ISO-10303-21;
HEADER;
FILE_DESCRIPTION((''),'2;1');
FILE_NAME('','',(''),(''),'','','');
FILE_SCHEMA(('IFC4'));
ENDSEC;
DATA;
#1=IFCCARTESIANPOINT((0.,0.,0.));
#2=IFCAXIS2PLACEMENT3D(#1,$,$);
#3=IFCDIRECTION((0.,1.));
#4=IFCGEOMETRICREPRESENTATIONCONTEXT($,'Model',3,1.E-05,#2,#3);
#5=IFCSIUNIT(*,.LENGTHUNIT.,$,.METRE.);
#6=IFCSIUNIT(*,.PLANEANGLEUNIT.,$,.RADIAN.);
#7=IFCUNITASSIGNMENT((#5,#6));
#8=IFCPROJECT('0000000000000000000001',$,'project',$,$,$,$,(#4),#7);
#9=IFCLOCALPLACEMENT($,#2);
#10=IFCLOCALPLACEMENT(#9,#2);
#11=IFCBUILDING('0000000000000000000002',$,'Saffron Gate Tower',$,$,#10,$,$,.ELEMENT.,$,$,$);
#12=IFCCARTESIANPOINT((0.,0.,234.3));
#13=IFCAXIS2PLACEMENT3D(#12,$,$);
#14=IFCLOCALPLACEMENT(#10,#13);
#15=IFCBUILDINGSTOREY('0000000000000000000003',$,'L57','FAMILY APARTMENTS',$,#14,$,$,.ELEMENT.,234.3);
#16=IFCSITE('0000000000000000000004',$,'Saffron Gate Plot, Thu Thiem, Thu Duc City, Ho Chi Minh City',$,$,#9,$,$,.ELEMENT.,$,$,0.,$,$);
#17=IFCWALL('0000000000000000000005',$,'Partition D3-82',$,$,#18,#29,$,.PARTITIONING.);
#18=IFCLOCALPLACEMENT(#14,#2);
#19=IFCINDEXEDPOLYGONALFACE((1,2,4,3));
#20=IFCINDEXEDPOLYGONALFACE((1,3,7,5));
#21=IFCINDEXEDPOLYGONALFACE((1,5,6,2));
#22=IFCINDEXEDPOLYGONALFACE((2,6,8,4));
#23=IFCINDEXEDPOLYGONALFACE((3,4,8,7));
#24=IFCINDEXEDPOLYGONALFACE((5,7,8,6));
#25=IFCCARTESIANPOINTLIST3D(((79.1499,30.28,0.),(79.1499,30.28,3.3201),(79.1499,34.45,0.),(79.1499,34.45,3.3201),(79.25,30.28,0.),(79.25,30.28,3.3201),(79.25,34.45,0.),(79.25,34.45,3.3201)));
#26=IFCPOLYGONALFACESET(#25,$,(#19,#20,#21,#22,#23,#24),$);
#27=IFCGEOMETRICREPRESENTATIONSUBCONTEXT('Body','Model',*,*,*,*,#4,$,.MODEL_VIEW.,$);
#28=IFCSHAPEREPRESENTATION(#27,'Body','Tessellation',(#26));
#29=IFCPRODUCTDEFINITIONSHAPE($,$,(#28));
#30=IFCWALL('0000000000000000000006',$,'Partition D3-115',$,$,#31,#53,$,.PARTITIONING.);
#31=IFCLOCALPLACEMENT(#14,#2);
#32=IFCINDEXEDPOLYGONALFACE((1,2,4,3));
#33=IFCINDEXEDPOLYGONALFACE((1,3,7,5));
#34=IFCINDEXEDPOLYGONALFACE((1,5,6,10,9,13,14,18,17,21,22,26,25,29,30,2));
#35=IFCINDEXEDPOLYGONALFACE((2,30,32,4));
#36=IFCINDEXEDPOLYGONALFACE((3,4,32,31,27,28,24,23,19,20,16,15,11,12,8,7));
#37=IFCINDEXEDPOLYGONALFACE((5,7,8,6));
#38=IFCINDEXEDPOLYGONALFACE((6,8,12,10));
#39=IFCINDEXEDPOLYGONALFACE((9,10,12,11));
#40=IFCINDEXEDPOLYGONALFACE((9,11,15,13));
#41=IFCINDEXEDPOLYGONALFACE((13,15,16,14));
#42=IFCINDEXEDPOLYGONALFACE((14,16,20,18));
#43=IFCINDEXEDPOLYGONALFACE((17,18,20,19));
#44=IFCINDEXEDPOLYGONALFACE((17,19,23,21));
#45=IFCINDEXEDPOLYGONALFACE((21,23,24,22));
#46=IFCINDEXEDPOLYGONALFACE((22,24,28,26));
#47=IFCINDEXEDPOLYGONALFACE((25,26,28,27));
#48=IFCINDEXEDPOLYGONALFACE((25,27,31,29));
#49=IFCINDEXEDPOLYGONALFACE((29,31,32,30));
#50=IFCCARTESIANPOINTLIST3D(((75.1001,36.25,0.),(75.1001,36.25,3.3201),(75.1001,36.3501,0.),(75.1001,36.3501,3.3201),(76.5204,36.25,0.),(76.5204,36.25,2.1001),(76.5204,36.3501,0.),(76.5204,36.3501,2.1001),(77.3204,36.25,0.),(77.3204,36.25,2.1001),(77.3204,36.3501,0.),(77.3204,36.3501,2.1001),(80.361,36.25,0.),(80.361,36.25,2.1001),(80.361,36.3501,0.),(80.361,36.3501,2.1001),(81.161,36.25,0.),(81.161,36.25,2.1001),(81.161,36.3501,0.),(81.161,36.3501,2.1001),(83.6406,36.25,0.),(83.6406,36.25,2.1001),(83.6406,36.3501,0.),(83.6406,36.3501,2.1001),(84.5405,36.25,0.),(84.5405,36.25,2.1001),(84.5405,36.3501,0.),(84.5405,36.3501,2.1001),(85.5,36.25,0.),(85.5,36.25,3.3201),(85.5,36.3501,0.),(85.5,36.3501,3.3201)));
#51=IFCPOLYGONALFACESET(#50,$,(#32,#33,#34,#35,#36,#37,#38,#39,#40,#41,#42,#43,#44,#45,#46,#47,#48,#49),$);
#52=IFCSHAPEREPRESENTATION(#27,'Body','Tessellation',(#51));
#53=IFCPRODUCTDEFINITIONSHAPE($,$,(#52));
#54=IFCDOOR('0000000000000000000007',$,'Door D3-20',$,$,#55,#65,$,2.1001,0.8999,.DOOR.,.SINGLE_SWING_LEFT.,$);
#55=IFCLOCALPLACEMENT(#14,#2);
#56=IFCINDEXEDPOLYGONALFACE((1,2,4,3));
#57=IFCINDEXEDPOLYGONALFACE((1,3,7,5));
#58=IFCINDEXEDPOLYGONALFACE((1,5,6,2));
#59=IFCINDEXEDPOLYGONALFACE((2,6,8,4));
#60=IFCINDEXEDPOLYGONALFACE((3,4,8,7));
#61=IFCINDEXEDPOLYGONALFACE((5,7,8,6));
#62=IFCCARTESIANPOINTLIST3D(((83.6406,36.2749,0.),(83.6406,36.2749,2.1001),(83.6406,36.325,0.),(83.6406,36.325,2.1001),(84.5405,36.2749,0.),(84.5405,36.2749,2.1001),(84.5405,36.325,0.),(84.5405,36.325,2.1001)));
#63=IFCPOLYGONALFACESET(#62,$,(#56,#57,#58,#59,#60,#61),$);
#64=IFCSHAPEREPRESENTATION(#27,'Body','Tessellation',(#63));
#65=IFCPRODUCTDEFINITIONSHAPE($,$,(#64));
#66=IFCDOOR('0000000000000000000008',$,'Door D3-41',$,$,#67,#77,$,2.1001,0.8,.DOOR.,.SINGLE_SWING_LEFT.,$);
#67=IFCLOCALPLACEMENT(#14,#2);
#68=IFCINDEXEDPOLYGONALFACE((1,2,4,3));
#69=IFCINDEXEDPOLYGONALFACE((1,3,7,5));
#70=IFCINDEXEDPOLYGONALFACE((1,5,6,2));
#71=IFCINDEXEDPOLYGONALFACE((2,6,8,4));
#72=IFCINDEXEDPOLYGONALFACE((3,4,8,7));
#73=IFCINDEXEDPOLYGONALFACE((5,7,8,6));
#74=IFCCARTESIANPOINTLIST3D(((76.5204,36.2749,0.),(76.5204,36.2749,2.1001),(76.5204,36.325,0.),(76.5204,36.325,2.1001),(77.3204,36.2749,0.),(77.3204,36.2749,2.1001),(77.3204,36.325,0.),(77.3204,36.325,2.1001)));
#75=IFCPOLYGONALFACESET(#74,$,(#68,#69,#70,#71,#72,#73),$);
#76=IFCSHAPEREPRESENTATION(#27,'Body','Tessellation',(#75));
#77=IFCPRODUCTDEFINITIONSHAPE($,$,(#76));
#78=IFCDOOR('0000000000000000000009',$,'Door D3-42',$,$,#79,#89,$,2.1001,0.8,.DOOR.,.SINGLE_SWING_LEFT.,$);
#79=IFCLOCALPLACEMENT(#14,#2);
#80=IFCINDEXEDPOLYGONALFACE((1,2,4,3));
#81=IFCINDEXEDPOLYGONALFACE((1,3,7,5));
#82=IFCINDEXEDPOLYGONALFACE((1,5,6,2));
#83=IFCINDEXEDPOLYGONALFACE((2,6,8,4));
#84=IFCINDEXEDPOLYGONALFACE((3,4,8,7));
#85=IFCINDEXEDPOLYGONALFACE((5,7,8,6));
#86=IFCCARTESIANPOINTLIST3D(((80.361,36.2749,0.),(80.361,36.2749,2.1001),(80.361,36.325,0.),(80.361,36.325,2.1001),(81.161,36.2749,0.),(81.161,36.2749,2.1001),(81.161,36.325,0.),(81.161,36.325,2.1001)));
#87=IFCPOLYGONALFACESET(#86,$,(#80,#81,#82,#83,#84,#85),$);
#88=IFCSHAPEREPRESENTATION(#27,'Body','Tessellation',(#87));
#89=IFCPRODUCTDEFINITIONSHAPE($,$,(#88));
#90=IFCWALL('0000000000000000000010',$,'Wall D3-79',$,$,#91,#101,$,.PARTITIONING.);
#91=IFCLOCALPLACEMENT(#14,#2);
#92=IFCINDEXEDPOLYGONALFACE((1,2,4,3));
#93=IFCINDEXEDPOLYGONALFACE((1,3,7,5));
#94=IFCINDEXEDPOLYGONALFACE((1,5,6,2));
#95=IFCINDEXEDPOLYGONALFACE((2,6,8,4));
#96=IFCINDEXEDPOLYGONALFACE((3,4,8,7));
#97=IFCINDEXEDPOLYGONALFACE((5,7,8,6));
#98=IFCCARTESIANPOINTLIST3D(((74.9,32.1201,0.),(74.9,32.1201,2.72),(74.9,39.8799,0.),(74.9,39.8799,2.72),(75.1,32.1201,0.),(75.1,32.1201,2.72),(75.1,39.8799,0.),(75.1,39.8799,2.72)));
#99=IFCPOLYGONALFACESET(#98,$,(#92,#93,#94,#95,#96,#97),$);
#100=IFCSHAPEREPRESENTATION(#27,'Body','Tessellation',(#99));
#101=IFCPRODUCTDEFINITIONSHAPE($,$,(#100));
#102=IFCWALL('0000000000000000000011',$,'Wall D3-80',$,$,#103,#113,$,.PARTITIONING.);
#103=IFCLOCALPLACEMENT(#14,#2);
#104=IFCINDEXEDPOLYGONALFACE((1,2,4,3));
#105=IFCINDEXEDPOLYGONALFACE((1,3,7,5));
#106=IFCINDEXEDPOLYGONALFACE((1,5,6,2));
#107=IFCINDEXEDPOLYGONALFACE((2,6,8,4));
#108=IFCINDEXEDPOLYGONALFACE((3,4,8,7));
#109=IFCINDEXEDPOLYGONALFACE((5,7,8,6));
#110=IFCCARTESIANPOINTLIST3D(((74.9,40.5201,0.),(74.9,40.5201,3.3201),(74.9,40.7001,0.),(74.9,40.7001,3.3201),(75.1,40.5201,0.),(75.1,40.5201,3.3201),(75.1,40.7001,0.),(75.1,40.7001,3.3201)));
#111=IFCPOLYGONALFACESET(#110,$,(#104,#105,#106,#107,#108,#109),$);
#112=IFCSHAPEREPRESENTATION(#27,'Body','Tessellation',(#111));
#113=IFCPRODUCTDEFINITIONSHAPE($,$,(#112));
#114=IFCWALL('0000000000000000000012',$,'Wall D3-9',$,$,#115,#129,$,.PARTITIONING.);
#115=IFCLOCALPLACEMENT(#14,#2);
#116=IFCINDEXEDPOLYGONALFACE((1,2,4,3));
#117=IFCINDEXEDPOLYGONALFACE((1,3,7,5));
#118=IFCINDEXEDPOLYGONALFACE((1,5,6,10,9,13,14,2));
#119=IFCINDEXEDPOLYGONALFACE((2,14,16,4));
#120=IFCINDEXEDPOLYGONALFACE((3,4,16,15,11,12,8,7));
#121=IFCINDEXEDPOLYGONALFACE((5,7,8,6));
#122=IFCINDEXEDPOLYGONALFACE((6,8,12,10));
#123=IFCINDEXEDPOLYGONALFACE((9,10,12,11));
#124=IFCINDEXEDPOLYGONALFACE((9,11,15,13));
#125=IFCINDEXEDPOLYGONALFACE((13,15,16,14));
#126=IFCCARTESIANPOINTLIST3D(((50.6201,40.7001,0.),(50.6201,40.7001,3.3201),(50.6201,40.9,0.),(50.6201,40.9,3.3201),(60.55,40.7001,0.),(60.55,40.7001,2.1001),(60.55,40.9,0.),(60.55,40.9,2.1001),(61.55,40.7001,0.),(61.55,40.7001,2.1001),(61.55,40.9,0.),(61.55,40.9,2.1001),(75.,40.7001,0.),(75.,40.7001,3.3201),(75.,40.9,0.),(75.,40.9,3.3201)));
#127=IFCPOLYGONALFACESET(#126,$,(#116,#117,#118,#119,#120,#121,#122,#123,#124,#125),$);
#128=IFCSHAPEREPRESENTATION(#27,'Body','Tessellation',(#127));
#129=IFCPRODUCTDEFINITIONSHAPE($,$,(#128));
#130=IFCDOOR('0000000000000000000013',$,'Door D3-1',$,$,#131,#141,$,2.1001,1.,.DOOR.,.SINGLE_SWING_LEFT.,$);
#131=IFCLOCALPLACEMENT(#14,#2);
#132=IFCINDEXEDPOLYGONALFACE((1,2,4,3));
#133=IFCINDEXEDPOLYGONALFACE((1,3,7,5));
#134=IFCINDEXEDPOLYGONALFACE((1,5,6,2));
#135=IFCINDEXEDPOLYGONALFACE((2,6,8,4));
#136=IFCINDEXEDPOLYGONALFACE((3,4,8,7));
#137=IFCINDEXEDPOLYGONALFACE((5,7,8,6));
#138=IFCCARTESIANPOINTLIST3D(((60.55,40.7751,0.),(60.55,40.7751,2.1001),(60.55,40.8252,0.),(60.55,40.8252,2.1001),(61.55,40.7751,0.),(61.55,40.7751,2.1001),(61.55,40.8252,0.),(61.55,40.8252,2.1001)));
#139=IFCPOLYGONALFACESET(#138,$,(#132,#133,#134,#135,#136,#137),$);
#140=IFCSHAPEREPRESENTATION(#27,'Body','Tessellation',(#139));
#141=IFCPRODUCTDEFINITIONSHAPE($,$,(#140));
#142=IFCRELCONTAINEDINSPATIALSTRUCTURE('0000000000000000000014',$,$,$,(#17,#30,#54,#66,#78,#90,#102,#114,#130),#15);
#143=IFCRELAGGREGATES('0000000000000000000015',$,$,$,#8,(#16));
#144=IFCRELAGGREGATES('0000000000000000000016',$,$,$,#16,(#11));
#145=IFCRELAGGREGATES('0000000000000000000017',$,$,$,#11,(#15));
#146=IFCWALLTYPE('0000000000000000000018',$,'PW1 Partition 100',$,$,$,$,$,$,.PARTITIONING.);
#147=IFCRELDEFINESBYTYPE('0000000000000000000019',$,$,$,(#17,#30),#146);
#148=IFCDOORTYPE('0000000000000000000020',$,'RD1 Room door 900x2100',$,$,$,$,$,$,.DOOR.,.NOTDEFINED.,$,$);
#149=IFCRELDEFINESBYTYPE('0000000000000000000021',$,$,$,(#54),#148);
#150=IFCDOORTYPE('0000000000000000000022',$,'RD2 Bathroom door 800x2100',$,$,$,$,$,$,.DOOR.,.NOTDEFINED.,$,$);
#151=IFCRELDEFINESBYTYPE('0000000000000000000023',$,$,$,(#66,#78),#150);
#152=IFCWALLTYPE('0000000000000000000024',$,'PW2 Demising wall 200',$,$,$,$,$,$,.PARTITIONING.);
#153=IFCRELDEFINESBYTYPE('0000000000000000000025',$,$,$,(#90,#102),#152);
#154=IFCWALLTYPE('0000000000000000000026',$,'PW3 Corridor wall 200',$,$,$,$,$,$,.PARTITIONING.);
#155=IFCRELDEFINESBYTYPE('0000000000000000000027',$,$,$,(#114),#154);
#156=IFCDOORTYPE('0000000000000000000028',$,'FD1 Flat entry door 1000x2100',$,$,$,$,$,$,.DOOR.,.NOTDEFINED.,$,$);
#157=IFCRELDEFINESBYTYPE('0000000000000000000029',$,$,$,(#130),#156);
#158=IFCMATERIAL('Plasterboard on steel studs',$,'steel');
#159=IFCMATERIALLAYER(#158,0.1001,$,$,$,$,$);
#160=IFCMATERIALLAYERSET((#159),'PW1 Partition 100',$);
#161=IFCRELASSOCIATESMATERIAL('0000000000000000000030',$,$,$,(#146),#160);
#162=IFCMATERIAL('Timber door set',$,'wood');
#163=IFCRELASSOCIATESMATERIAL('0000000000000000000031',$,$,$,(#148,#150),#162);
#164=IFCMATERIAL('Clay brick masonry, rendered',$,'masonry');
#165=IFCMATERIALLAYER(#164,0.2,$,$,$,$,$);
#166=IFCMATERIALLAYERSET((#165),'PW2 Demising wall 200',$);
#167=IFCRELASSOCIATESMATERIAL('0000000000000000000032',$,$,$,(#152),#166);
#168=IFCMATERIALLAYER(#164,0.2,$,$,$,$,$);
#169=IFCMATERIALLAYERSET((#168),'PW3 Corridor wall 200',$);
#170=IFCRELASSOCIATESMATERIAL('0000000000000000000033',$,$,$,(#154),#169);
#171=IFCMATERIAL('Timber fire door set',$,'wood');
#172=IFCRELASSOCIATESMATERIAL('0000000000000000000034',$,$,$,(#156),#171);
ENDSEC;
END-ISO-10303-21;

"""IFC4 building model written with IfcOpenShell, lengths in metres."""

from ifc_helpers import new_model, si_unit, direction, frame, frame_2d, origin, place, context, subcontext, project, spatial, rectangle, extrude, material, layer, layer_set, type_object, element, fill, save


model = new_model("IFC4")

# Units and contexts
model_context = context("Model", 3, precision=1e-05, world=origin(), true_north=direction((0.0, 1.0)))
body_context = subcontext(model_context, "Body", "Model", "MODEL_VIEW")
ifc_project = project(units=[si_unit("LENGTHUNIT", "METRE"), si_unit("PLANEANGLEUNIT", "RADIAN")], contexts=[model_context])

# Site, building, storey
site_placement = place(None, origin())
site = spatial("IfcSite", under=ifc_project, at=site_placement, Name="Saffron Gate Plot, Thu Thiem, Thu Duc City, Ho Chi Minh City", CompositionType="ELEMENT", RefElevation=0.0)
building_placement = place(site_placement, origin())
building = spatial("IfcBuilding", under=site, at=building_placement, Name="Saffron Gate Tower", CompositionType="ELEMENT")
storey_placement = place(building_placement, frame((0.0, 0.0, 234.3)))
storey = spatial("IfcBuildingStorey", under=building, at=storey_placement, Name="L57", Description="FAMILY APARTMENTS", CompositionType="ELEMENT", Elevation=234.3)

# Wall
ifc_material_1 = material(Name="Plasterboard on steel studs", Category="steel")
ifc_layer_1 = layer(ifc_material_1, 0.1001)
ifc_layer_set_1 = layer_set([ifc_layer_1], Name="PW1 Partition 100")
wall_type_1 = type_object("IfcWallType", Name="PW1 Partition 100", PredefinedType="PARTITIONING", material=ifc_layer_set_1)
wall_1_placement = place(storey_placement, frame((79.2, 34.45, 0.0), z_axis=(0.0, 0.0, 1.0), x_axis=(0.0, -1.0, 0.0)))
element("IfcWall", 1, at=wall_1_placement, inside=storey, type_object=wall_type_1, Name="Partition D3-82", PredefinedType="PARTITIONING", context=body_context, shape_type="SweptSolid", body=[
    extrude(rectangle(XDim=4.1699, YDim=0.1001, at=frame_2d((2.085, 0.0))), origin(), (0.0, 0.0, 1.0), 3.3201),
])

# Wall, openings, doors
wall_2_placement = place(storey_placement, frame((75.1001, 36.3, 0.0), z_axis=(0.0, 0.0, 1.0), x_axis=(1.0, 0.0, 0.0)))
wall_2 = element("IfcWall", 2, at=wall_2_placement, inside=storey, type_object=wall_type_1, Name="Partition D3-115", PredefinedType="PARTITIONING", context=body_context, shape_type="SweptSolid", body=[
    extrude(rectangle(XDim=10.3999, YDim=0.1001, at=frame_2d((5.2, 0.0))), origin(), (0.0, 0.0, 1.0), 3.3201),
])
opening_1_placement = place(wall_2_placement, frame((1.4204, 0.0, 0.0)))
opening_1 = element("IfcOpeningElement", 3, at=opening_1_placement, cuts=wall_2, PredefinedType="OPENING", context=body_context, shape_type="SweptSolid", body=[
    extrude(rectangle(XDim=0.8, YDim=2.1001, at=frame_2d((0.3999, 1.05))), frame((0.0, 0.0601, 0.0), z_axis=(0.0, -1.0, 0.0), x_axis=(1.0, 0.0, 0.0)), (0.0, 0.0, 1.0), 0.1201),
])
opening_2_placement = place(wall_2_placement, frame((5.261, 0.0, 0.0)))
opening_2 = element("IfcOpeningElement", 4, at=opening_2_placement, cuts=wall_2, PredefinedType="OPENING", context=body_context, shape_type="SweptSolid", body=[
    extrude(rectangle(XDim=0.8, YDim=2.1001, at=frame_2d((0.3999, 1.05))), frame((0.0, 0.0601, 0.0), z_axis=(0.0, -1.0, 0.0), x_axis=(1.0, 0.0, 0.0)), (0.0, 0.0, 1.0), 0.1201),
])
opening_3_placement = place(wall_2_placement, frame((8.5405, 0.0, 0.0)))
opening_3 = element("IfcOpeningElement", 5, at=opening_3_placement, cuts=wall_2, PredefinedType="OPENING", context=body_context, shape_type="SweptSolid", body=[
    extrude(rectangle(XDim=0.8999, YDim=2.1001, at=frame_2d((0.45, 1.05))), frame((0.0, 0.0601, 0.0), z_axis=(0.0, -1.0, 0.0), x_axis=(1.0, 0.0, 0.0)), (0.0, 0.0, 1.0), 0.1201),
])
ifc_material_2 = material(Name="Timber door set", Category="wood")
door_type_1 = type_object("IfcDoorType", Name="RD1 Room door 900x2100", OperationType="NOTDEFINED", PredefinedType="DOOR", material=ifc_material_2)
door_1_placement = place(opening_3_placement, origin())
door_1 = element("IfcDoor", 6, at=door_1_placement, inside=storey, type_object=door_type_1, Name="Door D3-20", OperationType="SINGLE_SWING_LEFT", OverallHeight=2.1001, OverallWidth=0.8999, PredefinedType="DOOR", context=body_context, shape_type="SweptSolid", body=[
    extrude(rectangle(XDim=0.8999, YDim=2.1001, at=frame_2d((0.45, 1.05))), frame((0.0, 0.0249, 0.0), z_axis=(0.0, -1.0, 0.0), x_axis=(1.0, 0.0, 0.0)), (0.0, 0.0, 1.0), 0.05),
])
fill(opening_3, door_1)
door_type_2 = type_object("IfcDoorType", Name="RD2 Bathroom door 800x2100", OperationType="NOTDEFINED", PredefinedType="DOOR", material=ifc_material_2)
door_2_placement = place(opening_1_placement, origin())
door_2 = element("IfcDoor", 7, at=door_2_placement, inside=storey, type_object=door_type_2, Name="Door D3-41", OperationType="SINGLE_SWING_LEFT", OverallHeight=2.1001, OverallWidth=0.8, PredefinedType="DOOR", context=body_context, shape_type="SweptSolid", body=[
    extrude(rectangle(XDim=0.8, YDim=2.1001, at=frame_2d((0.3999, 1.05))), frame((0.0, 0.0249, 0.0), z_axis=(0.0, -1.0, 0.0), x_axis=(1.0, 0.0, 0.0)), (0.0, 0.0, 1.0), 0.05),
])
fill(opening_1, door_2)
door_3_placement = place(opening_2_placement, origin())
door_3 = element("IfcDoor", 8, at=door_3_placement, inside=storey, type_object=door_type_2, Name="Door D3-42", OperationType="SINGLE_SWING_LEFT", OverallHeight=2.1001, OverallWidth=0.8, PredefinedType="DOOR", context=body_context, shape_type="SweptSolid", body=[
    extrude(rectangle(XDim=0.8, YDim=2.1001, at=frame_2d((0.3999, 1.05))), frame((0.0, 0.0249, 0.0), z_axis=(0.0, -1.0, 0.0), x_axis=(1.0, 0.0, 0.0)), (0.0, 0.0, 1.0), 0.05),
])
fill(opening_2, door_3)

# Walls
ifc_material_3 = material(Name="Clay brick masonry, rendered", Category="masonry")
ifc_layer_2 = layer(ifc_material_3, 0.2)
ifc_layer_set_2 = layer_set([ifc_layer_2], Name="PW2 Demising wall 200")
wall_type_2 = type_object("IfcWallType", Name="PW2 Demising wall 200", PredefinedType="PARTITIONING", material=ifc_layer_set_2)
wall_3_placement = place(storey_placement, frame((75.0, 39.8799, 0.0), z_axis=(0.0, 0.0, 1.0), x_axis=(0.0, -1.0, 0.0)))
element("IfcWall", 9, at=wall_3_placement, inside=storey, type_object=wall_type_2, Name="Wall D3-79", PredefinedType="PARTITIONING", context=body_context, shape_type="SweptSolid", body=[
    extrude(rectangle(XDim=7.7598, YDim=0.2, at=frame_2d((3.8799, 0.0))), origin(), (0.0, 0.0, 1.0), 2.72),
])
wall_4_placement = place(storey_placement, frame((75.0, 40.7, 0.0), z_axis=(0.0, 0.0, 1.0), x_axis=(0.0, -1.0, 0.0)))
element("IfcWall", 10, at=wall_4_placement, inside=storey, type_object=wall_type_2, Name="Wall D3-80", PredefinedType="PARTITIONING", context=body_context, shape_type="SweptSolid", body=[
    extrude(rectangle(XDim=0.1799, YDim=0.2, at=frame_2d((0.0898, 0.0))), origin(), (0.0, 0.0, 1.0), 3.3201),
])

# Wall, opening, door
ifc_layer_3 = layer(ifc_material_3, 0.2)
ifc_layer_set_3 = layer_set([ifc_layer_3], Name="PW3 Corridor wall 200")
wall_type_3 = type_object("IfcWallType", Name="PW3 Corridor wall 200", PredefinedType="PARTITIONING", material=ifc_layer_set_3)
wall_5_placement = place(storey_placement, frame((75.0, 40.8, 0.0), z_axis=(0.0, 0.0, 1.0), x_axis=(-1.0, 0.0, 0.0)))
wall_5 = element("IfcWall", 11, at=wall_5_placement, inside=storey, type_object=wall_type_3, Name="Wall D3-9", PredefinedType="PARTITIONING", context=body_context, shape_type="SweptSolid", body=[
    extrude(rectangle(XDim=24.3799, YDim=0.2, at=frame_2d((12.1899, 0.0))), origin(), (0.0, 0.0, 1.0), 3.3201),
])
opening_4_placement = place(wall_5_placement, frame((13.45, 0.0, 0.0)))
opening_4 = element("IfcOpeningElement", 12, at=opening_4_placement, cuts=wall_5, PredefinedType="OPENING", context=body_context, shape_type="SweptSolid", body=[
    extrude(rectangle(XDim=1.0, YDim=2.1001, at=frame_2d((0.5, 1.05))), frame((0.0, 0.1099, 0.0), z_axis=(0.0, -1.0, 0.0), x_axis=(1.0, 0.0, 0.0)), (0.0, 0.0, 1.0), 0.22),
])
ifc_material_4 = material(Name="Timber fire door set", Category="wood")
door_type_3 = type_object("IfcDoorType", Name="FD1 Flat entry door 1000x2100", OperationType="NOTDEFINED", PredefinedType="DOOR", material=ifc_material_4)
door_4_placement = place(opening_4_placement, origin())
door_4 = element("IfcDoor", 13, at=door_4_placement, inside=storey, type_object=door_type_3, Name="Door D3-1", OperationType="SINGLE_SWING_LEFT", OverallHeight=2.1001, OverallWidth=1.0, PredefinedType="DOOR", context=body_context, shape_type="SweptSolid", body=[
    extrude(rectangle(XDim=1.0, YDim=2.1001, at=frame_2d((0.5, 1.05))), frame((0.0, 0.0249, 0.0), z_axis=(0.0, -1.0, 0.0), x_axis=(1.0, 0.0, 0.0)), (0.0, 0.0, 1.0), 0.05),
])
fill(opening_4, door_4)

save(model, "model.ifc")
